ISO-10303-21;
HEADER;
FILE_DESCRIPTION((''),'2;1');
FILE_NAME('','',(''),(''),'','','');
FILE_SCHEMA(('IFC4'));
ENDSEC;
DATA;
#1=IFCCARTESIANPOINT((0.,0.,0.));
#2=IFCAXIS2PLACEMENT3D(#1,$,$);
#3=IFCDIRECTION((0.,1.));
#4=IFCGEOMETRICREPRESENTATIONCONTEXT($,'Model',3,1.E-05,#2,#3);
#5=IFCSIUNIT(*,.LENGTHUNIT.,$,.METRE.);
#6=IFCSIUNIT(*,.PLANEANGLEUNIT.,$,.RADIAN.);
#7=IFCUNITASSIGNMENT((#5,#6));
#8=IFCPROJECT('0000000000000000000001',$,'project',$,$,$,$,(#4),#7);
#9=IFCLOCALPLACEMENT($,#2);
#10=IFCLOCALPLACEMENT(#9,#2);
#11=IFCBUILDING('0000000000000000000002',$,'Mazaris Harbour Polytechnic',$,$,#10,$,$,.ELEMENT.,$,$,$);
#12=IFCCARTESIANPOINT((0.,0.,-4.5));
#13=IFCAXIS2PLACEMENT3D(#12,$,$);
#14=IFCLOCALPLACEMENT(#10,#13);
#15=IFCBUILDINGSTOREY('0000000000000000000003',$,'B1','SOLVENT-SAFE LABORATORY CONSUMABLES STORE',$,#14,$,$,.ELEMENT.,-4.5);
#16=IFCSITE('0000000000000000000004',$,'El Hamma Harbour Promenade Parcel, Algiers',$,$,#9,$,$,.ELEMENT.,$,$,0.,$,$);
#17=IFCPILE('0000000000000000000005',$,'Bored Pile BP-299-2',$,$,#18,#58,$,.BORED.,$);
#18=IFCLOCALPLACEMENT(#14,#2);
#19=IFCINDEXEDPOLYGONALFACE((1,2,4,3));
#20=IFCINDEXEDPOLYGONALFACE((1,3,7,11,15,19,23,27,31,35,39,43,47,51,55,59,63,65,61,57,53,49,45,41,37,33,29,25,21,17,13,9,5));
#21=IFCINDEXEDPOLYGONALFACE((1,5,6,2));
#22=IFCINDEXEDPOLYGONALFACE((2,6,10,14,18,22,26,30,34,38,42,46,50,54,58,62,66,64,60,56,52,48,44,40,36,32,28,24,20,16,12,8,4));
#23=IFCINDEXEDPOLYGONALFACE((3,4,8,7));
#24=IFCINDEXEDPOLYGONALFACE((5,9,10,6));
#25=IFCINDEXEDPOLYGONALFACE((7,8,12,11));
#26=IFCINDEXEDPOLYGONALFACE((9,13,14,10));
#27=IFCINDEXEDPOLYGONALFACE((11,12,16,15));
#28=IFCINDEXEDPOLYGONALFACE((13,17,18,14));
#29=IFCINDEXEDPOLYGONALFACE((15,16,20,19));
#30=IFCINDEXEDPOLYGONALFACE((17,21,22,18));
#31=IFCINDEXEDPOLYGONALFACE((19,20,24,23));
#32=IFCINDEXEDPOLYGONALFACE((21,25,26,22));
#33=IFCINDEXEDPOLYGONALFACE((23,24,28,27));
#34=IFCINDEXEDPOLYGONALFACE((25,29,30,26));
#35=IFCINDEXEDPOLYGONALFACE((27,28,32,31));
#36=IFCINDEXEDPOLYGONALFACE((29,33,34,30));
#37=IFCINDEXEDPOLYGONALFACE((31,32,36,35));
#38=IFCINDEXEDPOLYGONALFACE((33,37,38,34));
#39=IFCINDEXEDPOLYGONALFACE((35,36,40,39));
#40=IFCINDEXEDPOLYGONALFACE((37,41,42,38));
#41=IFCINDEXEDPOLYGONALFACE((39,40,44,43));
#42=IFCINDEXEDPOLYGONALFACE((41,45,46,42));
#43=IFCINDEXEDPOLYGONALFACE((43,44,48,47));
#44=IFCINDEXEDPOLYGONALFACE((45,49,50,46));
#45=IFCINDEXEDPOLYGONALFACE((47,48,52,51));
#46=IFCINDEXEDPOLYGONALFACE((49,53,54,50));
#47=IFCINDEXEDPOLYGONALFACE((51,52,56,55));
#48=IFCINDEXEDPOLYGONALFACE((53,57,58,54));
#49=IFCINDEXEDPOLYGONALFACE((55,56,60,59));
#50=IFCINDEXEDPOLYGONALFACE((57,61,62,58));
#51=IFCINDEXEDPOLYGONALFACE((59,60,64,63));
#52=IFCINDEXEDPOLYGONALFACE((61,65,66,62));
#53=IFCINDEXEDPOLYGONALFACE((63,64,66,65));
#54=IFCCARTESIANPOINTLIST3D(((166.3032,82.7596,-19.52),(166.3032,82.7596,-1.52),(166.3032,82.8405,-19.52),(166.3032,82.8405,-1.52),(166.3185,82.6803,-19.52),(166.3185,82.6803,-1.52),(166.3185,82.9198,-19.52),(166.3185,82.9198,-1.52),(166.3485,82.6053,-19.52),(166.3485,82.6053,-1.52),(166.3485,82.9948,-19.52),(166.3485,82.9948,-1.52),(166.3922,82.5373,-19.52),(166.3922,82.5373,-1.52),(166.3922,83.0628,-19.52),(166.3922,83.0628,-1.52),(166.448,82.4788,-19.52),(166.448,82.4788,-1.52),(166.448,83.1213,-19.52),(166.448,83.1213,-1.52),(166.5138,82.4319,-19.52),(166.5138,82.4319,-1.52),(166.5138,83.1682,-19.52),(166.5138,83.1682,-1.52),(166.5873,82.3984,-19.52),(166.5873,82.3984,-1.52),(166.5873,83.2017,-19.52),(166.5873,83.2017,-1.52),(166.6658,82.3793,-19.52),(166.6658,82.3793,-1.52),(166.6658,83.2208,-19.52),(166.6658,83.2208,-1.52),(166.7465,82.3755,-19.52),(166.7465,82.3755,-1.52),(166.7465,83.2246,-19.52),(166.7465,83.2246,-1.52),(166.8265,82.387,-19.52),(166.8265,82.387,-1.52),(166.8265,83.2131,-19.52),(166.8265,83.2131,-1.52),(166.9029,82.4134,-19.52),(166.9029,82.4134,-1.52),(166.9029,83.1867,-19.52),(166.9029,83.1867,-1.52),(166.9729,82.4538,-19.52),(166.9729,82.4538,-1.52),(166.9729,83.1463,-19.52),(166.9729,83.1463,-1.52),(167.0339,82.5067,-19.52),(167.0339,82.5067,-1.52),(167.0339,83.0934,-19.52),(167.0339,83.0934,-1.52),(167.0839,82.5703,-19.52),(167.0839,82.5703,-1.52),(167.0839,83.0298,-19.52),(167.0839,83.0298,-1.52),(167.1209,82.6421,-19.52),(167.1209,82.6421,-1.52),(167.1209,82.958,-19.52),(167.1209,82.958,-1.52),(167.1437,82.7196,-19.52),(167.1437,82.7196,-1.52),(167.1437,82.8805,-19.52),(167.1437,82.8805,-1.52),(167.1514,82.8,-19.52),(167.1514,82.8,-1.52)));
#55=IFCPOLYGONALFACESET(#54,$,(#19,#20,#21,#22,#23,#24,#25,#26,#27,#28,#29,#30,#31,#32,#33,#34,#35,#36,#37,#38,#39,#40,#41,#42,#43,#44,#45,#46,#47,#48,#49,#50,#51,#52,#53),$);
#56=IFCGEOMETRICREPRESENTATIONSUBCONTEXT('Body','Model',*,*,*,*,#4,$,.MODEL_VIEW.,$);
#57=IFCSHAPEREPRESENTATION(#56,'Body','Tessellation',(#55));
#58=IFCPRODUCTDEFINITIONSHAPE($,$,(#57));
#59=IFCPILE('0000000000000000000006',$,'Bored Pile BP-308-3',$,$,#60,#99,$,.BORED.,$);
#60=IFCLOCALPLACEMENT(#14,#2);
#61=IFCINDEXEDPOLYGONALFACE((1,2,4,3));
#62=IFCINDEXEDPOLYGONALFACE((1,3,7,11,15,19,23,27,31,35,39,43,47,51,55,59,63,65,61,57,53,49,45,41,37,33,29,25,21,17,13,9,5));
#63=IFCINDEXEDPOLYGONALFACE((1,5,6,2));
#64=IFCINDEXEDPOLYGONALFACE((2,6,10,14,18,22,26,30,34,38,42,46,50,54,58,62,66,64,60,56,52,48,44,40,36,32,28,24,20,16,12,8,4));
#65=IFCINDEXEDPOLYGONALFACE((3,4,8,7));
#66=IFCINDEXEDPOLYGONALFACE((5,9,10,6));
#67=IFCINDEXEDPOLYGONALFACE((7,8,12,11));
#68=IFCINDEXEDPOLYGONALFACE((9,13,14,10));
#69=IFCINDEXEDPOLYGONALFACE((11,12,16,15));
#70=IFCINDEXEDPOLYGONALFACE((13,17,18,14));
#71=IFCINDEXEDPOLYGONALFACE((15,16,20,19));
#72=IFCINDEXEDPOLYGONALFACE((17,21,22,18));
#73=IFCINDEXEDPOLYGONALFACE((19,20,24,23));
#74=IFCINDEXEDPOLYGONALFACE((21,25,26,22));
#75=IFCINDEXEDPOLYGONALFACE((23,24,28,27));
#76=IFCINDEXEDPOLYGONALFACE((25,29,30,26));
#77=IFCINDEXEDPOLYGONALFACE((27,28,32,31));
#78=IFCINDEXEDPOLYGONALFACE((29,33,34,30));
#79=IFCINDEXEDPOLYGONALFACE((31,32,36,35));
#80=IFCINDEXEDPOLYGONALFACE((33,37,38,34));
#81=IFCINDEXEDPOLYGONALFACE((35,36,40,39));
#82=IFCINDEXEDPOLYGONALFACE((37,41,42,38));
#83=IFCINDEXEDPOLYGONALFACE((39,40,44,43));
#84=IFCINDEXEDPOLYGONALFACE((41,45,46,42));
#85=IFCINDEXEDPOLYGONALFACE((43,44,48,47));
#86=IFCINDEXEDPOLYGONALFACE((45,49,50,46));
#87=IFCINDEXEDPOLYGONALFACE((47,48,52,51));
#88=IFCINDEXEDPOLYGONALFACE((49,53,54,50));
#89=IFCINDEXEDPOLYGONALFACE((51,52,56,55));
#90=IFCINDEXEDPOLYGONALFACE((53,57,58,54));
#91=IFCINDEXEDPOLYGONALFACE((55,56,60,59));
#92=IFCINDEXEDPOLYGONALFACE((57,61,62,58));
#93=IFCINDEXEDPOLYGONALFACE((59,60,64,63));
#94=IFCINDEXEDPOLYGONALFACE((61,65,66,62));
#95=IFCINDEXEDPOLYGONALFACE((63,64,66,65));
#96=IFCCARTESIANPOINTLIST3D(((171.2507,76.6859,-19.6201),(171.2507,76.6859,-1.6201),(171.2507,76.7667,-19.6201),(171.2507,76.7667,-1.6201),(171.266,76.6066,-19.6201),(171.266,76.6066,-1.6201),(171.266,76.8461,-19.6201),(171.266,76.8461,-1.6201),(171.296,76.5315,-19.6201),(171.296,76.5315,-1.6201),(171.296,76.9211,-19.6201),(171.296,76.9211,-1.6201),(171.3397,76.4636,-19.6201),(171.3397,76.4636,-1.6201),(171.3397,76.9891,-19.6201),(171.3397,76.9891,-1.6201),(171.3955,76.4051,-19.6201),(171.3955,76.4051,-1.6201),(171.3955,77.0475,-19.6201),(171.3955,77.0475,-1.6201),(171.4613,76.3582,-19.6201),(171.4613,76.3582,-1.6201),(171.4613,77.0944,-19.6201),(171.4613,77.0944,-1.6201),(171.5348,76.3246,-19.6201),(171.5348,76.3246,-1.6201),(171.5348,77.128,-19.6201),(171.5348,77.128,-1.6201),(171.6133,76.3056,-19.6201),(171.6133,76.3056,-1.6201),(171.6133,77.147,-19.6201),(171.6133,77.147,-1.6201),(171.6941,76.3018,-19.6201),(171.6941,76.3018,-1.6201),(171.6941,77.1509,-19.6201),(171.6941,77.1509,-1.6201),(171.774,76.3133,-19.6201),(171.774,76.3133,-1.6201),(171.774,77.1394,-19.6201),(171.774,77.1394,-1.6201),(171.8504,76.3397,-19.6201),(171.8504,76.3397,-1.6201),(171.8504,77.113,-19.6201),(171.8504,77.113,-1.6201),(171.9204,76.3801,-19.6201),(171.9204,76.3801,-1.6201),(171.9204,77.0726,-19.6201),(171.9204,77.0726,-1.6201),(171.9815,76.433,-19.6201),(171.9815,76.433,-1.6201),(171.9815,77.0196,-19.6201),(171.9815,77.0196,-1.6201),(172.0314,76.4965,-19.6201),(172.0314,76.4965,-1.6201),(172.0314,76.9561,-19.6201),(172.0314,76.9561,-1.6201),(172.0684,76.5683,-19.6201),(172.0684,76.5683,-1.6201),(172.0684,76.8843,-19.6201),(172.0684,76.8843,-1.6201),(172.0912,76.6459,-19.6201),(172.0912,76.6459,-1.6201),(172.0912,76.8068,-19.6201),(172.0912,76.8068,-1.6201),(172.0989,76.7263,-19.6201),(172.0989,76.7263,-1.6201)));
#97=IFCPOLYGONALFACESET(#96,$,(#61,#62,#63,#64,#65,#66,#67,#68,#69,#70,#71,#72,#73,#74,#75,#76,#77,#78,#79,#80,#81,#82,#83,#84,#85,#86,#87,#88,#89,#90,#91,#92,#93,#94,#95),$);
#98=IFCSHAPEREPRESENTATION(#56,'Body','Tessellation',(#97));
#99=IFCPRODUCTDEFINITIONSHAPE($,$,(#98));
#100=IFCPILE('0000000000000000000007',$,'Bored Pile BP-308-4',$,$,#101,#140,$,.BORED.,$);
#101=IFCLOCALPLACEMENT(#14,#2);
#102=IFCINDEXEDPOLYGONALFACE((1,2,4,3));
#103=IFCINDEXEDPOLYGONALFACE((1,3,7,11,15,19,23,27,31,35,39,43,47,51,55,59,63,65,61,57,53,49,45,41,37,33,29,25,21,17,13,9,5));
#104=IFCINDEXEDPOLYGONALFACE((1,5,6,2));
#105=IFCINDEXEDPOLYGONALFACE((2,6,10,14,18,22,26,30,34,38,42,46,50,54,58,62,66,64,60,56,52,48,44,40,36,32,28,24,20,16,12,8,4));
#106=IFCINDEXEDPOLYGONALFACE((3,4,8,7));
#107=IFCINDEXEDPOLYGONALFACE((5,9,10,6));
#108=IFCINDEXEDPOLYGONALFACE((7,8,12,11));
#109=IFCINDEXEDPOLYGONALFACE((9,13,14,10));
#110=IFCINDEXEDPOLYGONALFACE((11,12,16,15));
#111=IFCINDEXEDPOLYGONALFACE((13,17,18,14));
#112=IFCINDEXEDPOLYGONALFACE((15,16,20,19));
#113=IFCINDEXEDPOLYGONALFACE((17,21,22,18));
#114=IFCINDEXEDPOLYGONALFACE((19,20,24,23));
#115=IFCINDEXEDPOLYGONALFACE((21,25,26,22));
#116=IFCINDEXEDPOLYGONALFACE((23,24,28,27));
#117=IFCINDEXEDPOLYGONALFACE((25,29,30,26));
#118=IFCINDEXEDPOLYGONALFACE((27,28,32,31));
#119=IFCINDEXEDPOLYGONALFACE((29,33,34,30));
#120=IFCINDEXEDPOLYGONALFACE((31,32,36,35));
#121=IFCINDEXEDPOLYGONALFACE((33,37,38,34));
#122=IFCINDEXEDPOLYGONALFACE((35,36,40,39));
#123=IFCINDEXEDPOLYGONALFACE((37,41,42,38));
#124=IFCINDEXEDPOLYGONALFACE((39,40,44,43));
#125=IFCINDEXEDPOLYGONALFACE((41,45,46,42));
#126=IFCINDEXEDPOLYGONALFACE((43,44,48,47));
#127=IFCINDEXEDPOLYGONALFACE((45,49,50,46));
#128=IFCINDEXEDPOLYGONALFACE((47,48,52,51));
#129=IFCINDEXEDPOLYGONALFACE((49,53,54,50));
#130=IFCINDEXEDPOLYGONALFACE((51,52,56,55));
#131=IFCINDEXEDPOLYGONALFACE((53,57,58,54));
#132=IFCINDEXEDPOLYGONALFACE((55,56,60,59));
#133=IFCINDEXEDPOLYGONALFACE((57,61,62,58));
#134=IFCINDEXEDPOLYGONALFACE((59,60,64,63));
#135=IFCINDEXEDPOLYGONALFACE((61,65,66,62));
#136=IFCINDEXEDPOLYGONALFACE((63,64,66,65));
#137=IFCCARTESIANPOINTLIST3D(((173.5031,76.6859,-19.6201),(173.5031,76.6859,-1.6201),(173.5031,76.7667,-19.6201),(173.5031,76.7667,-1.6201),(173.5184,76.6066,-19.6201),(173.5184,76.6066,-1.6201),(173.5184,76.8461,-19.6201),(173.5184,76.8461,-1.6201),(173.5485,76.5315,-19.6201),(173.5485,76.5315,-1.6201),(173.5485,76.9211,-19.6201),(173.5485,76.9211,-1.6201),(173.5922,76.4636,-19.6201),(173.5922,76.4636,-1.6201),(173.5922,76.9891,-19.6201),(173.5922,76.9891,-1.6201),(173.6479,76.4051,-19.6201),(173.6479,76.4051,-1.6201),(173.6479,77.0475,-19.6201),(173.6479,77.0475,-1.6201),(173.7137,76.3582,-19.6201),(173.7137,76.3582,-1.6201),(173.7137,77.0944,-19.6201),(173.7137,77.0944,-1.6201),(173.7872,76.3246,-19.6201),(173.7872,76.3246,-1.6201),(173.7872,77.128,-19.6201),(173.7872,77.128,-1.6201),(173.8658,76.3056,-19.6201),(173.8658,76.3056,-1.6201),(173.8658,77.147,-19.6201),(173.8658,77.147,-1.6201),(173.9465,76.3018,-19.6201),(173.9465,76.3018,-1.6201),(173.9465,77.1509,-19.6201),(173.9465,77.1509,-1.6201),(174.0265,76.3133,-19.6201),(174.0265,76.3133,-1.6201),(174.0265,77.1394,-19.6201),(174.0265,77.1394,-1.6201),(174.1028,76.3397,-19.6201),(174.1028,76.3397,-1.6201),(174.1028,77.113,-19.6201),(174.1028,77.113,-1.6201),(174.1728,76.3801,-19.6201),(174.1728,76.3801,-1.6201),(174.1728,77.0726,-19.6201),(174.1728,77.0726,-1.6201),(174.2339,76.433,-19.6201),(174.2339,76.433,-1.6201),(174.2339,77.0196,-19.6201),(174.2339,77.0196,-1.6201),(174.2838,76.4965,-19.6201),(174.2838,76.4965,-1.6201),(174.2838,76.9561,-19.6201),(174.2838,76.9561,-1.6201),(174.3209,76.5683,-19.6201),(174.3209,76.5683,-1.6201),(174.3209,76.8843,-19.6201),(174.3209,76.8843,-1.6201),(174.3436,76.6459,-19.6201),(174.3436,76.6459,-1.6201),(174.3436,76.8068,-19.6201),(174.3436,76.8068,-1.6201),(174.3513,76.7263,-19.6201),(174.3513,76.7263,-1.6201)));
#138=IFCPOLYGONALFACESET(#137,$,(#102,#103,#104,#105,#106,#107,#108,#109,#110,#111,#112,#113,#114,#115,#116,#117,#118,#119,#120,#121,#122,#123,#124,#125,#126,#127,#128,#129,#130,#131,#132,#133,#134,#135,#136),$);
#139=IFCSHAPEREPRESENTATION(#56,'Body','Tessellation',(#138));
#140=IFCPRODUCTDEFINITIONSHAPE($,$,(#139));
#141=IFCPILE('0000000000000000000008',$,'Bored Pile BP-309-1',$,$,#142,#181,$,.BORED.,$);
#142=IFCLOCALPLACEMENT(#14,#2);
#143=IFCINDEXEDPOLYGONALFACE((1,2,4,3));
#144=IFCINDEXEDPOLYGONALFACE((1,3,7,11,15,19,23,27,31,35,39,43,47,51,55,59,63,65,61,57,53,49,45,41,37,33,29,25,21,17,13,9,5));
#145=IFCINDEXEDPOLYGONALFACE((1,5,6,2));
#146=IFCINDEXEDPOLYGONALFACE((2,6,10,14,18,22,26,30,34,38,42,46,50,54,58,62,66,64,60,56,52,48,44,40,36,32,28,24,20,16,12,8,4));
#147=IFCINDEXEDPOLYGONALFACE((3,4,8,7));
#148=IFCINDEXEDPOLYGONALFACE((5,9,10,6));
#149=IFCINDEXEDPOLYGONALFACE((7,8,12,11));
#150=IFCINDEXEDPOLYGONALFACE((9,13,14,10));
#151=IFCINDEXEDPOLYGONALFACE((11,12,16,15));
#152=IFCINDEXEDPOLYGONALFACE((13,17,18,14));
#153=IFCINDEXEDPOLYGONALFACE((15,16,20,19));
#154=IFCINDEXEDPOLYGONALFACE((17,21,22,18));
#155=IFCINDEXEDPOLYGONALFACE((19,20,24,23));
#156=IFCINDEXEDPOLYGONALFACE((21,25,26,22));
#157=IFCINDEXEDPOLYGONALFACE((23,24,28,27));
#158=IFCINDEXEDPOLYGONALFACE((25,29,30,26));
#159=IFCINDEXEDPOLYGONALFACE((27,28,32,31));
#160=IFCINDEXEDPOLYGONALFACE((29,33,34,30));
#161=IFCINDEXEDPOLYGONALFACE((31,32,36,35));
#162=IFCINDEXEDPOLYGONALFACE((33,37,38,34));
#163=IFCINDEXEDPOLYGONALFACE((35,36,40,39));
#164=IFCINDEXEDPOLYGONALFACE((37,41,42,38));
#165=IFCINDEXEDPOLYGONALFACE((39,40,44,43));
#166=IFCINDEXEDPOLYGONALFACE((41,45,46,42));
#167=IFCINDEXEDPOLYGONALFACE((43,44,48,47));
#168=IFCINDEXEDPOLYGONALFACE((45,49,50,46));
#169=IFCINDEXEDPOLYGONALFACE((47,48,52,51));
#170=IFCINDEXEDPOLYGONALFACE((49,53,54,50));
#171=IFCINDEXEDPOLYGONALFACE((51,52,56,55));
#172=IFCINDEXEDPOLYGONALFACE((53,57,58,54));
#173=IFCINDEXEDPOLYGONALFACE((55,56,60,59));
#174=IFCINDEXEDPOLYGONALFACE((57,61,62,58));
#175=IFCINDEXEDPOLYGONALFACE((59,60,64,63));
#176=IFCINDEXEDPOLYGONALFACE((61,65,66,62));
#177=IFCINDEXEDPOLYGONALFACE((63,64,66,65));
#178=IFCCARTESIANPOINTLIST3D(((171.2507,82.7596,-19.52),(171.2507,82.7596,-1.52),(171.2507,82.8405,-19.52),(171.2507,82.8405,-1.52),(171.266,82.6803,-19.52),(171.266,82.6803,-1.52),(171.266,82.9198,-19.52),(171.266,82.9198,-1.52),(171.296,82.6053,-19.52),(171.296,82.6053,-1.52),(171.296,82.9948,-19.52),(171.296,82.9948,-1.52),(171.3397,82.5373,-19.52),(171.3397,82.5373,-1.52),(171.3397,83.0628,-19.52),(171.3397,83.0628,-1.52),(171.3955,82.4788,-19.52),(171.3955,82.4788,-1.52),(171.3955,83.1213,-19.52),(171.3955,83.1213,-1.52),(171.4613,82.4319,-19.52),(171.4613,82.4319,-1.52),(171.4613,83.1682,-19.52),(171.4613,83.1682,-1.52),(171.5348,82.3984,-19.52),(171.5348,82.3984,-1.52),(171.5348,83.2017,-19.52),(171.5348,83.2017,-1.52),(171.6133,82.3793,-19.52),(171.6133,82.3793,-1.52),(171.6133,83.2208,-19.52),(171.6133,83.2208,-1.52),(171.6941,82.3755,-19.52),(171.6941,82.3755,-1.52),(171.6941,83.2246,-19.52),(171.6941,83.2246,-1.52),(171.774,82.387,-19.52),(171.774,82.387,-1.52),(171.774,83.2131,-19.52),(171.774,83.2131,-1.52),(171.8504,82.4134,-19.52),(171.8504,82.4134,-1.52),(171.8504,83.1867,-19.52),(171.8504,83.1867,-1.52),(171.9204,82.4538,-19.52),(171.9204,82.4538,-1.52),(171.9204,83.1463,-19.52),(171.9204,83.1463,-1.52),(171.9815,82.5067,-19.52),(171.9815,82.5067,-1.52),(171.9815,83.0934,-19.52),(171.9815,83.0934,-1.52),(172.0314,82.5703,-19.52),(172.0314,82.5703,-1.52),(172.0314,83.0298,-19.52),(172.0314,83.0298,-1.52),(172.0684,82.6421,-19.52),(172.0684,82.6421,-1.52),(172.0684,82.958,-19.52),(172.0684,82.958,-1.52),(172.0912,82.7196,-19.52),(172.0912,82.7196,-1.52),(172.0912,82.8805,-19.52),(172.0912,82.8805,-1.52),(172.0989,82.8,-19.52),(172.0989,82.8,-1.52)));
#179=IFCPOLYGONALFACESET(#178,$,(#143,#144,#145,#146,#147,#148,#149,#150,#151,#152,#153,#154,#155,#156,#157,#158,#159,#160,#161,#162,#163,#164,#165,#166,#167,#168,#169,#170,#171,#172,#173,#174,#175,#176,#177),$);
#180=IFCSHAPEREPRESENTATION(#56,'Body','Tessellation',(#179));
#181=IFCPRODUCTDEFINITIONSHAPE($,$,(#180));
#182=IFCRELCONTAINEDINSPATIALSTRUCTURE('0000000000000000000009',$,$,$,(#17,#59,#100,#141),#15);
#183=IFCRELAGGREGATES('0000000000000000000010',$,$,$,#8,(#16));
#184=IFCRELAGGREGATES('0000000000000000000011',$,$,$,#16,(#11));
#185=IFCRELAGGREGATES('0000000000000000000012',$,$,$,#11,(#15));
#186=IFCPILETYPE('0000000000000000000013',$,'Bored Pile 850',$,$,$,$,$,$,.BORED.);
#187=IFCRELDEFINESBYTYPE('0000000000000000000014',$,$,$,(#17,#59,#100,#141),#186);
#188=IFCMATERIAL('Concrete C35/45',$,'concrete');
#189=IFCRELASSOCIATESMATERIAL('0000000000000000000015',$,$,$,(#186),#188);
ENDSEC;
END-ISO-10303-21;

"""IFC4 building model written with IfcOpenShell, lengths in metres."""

from ifc_helpers import new_model, si_unit, direction, frame, origin, origin_2d, place, context, subcontext, project, spatial, circle, extrude, material, material_profile, profile_set, type_object, element, save


model = new_model("IFC4")

# Units and contexts
model_context = context("Model", 3, precision=1e-05, world=origin(), true_north=direction((0.0, 1.0)))
body_context = subcontext(model_context, "Body", "Model", "MODEL_VIEW")
ifc_project = project(units=[si_unit("LENGTHUNIT", "METRE"), si_unit("PLANEANGLEUNIT", "RADIAN")], contexts=[model_context])

# Site, building, storey
site_placement = place(None, origin())
site = spatial("IfcSite", under=ifc_project, at=site_placement, Name="El Hamma Harbour Promenade Parcel, Algiers", CompositionType="ELEMENT", RefElevation=0.0)
building_placement = place(site_placement, origin())
building = spatial("IfcBuilding", under=site, at=building_placement, Name="Mazaris Harbour Polytechnic", CompositionType="ELEMENT")
storey_placement = place(building_placement, frame((0.0, 0.0, -4.5)))
storey = spatial("IfcBuildingStorey", under=building, at=storey_placement, Name="B1", Description="SOLVENT-SAFE LABORATORY CONSUMABLES STORE", CompositionType="ELEMENT", Elevation=-4.5)

# Piles
ifc_material_1 = material(Name="Concrete C35/45", Category="concrete")
ifc_material_profile_1 = material_profile(ifc_material_1, circle(Radius=0.425, at=origin_2d()), Name="DIA850")
ifc_profile_set_1 = profile_set([ifc_material_profile_1], Name="Concrete C35/45")
pile_type_1 = type_object("IfcPileType", Name="Bored Pile 850", PredefinedType="BORED", material=ifc_profile_set_1)
for number, where, z_axis, x_axis, name in (
    (1, (166.7263, 82.8, -1.52), (0.0, 0.0, -1.0), (1.0, 0.0, 0.0), "Bored Pile BP-299-2"),
    (2, (171.6738, 76.7263, -1.6201), (0.0, 0.0, -1.0), (1.0, 0.0, 0.0), "Bored Pile BP-308-3"),
    (3, (173.9263, 76.7263, -1.6201), (0.0, 0.0, -1.0), (1.0, 0.0, 0.0), "Bored Pile BP-308-4"),
    (4, (171.6738, 82.8, -1.52), (0.0, 0.0, -1.0), (1.0, 0.0, 0.0), "Bored Pile BP-309-1"),
):
    element("IfcPile", number, at=place(storey_placement, frame(where, z_axis=z_axis, x_axis=x_axis)), inside=storey, type_object=pile_type_1, Name=name, PredefinedType="BORED", context=body_context, shape_type="SweptSolid", body=[
        extrude(circle(Radius=0.425, at=origin_2d()), origin(), (0.0, 0.0, 1.0), 18.0),
    ])

save(model, "model.ifc")
